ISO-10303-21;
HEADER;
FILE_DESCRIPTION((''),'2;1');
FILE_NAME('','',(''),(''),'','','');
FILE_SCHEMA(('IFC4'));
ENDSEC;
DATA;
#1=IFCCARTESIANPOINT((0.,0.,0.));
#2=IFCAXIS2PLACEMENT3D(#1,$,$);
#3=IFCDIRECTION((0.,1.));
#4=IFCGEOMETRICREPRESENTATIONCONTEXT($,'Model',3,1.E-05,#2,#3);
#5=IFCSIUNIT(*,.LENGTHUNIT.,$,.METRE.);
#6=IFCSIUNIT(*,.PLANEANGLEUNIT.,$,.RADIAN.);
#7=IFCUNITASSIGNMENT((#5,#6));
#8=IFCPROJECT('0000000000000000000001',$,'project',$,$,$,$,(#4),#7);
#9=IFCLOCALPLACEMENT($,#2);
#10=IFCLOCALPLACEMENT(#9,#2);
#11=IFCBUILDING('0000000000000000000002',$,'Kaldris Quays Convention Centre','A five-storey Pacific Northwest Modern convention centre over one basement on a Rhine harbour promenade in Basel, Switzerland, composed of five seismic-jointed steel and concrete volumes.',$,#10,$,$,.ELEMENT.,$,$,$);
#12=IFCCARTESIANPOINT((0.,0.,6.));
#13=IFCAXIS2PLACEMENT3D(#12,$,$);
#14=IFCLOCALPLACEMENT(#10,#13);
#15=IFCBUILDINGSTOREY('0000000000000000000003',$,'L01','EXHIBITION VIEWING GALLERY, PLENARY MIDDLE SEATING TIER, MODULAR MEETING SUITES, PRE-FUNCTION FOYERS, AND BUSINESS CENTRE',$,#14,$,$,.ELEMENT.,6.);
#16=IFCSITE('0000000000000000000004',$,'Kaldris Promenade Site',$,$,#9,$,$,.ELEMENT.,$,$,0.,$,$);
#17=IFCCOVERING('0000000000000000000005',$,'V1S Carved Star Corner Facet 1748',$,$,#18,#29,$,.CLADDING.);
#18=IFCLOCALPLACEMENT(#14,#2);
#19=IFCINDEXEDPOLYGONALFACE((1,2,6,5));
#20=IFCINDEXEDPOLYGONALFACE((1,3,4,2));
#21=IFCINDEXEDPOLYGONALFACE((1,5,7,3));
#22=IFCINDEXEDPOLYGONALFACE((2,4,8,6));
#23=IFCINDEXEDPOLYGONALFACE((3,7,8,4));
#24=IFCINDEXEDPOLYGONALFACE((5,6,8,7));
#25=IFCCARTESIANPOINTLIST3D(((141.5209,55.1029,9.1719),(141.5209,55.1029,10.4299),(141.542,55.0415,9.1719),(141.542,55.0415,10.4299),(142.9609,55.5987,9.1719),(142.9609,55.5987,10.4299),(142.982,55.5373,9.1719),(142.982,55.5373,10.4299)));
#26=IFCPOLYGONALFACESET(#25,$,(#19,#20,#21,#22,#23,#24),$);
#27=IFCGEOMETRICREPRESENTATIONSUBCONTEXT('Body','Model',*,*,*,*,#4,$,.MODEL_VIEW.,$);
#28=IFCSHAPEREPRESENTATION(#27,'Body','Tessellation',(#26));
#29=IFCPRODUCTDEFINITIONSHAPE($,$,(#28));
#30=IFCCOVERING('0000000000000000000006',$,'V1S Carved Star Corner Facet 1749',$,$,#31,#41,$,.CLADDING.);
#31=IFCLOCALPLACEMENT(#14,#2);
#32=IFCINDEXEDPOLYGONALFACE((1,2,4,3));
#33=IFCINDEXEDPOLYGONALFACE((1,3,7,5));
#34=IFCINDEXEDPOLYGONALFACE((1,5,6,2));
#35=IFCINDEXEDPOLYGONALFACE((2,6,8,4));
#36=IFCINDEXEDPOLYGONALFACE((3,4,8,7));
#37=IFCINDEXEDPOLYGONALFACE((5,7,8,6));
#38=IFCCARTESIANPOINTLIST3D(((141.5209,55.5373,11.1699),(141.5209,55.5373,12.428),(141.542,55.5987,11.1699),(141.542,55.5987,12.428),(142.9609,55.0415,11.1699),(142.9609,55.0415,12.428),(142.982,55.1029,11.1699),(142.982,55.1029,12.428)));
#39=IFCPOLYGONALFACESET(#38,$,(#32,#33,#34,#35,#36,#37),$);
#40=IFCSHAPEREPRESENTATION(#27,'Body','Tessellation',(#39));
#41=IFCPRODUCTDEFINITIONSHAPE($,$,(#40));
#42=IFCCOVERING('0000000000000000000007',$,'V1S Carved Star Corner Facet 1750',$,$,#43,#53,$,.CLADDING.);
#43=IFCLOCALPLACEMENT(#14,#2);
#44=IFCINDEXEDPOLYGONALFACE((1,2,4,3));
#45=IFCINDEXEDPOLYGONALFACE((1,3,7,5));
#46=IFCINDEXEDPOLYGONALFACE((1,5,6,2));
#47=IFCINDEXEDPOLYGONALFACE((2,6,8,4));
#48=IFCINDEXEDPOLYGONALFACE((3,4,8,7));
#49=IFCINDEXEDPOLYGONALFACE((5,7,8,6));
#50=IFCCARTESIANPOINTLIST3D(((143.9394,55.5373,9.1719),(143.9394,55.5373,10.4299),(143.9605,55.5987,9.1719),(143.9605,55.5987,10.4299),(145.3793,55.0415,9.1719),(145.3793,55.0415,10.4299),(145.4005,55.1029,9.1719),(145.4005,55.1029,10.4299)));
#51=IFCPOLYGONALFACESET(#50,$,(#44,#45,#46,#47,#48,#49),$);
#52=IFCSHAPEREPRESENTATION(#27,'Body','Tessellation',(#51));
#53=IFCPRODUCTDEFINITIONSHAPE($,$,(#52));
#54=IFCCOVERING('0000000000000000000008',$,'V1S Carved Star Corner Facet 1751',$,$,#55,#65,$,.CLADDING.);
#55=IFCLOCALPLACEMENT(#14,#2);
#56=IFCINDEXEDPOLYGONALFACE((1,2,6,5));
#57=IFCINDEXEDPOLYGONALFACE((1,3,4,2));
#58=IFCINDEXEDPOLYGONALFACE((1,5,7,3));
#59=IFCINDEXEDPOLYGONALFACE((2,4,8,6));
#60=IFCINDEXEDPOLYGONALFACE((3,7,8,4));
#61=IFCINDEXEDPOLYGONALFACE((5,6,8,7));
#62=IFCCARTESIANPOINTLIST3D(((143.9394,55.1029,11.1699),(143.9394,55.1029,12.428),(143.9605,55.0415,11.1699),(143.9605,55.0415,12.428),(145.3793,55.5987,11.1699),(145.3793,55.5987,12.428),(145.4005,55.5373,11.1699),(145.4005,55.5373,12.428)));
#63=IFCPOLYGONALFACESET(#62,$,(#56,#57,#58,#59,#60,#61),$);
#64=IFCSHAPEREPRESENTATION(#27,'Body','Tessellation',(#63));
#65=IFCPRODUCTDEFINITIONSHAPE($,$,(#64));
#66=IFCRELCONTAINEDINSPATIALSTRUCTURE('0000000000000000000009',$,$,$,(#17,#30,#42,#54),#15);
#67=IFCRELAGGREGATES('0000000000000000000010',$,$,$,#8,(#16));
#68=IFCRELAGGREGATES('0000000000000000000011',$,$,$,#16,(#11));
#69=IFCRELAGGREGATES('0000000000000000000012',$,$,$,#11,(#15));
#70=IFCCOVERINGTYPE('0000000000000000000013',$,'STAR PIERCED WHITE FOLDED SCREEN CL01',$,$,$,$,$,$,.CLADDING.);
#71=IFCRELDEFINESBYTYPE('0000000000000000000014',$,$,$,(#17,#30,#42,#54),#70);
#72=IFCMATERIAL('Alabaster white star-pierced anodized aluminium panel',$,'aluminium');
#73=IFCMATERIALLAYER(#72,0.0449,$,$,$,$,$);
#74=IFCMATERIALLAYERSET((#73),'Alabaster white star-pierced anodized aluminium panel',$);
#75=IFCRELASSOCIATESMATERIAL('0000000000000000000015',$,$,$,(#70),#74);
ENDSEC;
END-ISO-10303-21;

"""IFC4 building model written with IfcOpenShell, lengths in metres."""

from ifc_helpers import new_model, si_unit, direction, frame, origin, origin_2d, place, context, subcontext, project, spatial, rectangle, extrude, material, layer, layer_set, type_object, element, save


model = new_model("IFC4")

# Units and contexts
model_context = context("Model", 3, precision=1e-05, world=origin(), true_north=direction((0.0, 1.0)))
body_context = subcontext(model_context, "Body", "Model", "MODEL_VIEW")
ifc_project = project(units=[si_unit("LENGTHUNIT", "METRE"), si_unit("PLANEANGLEUNIT", "RADIAN")], contexts=[model_context])

# Site, building, storey
site_placement = place(None, origin())
site = spatial("IfcSite", under=ifc_project, at=site_placement, Name="Kaldris Promenade Site", CompositionType="ELEMENT", RefElevation=0.0)
building_placement = place(site_placement, origin())
building = spatial("IfcBuilding", under=site, at=building_placement, Name="Kaldris Quays Convention Centre", Description="A five-storey Pacific Northwest Modern convention centre over one basement on a Rhine harbour promenade in Basel, Switzerland, composed of five seismic-jointed steel and concrete volumes.", CompositionType="ELEMENT")
storey_placement = place(building_placement, frame((0.0, 0.0, 6.0)))
storey = spatial("IfcBuildingStorey", under=building, at=storey_placement, Name="L01", Description="EXHIBITION VIEWING GALLERY, PLENARY MIDDLE SEATING TIER, MODULAR MEETING SUITES, PRE-FUNCTION FOYERS, AND BUSINESS CENTRE", CompositionType="ELEMENT", Elevation=6.0)

# Coverings
ifc_material_1 = material(Name="Alabaster white star-pierced anodized aluminium panel", Category="aluminium")
ifc_layer = layer(ifc_material_1, 0.0449)
ifc_layer_set = layer_set([ifc_layer], Name="Alabaster white star-pierced anodized aluminium panel")
covering_type = type_object("IfcCoveringType", Name="STAR PIERCED WHITE FOLDED SCREEN CL01", PredefinedType="CLADDING", material=ifc_layer_set)
for number, where, z_axis, x_axis, name in (
    (1, (142.2515, 55.3201, 9.1719), (0.0, 0.0, 1.0), (0.945519, 0.325568, 0.0), "V1S Carved Star Corner Facet 1748"),
    (2, (142.2515, 55.3201, 11.1699), (0.0, 0.0, 1.0), (0.945519, -0.325568, 0.0), "V1S Carved Star Corner Facet 1749"),
    (3, (144.6699, 55.3201, 9.1719), (0.0, 0.0, 1.0), (0.945519, -0.325568, 0.0), "V1S Carved Star Corner Facet 1750"),
    (4, (144.6699, 55.3201, 11.1699), (0.0, 0.0, 1.0), (0.945519, 0.325568, 0.0), "V1S Carved Star Corner Facet 1751"),
):
    element("IfcCovering", number, at=place(storey_placement, frame(where, z_axis=z_axis, x_axis=x_axis)), inside=storey, type_object=covering_type, Name=name, PredefinedType="CLADDING", context=body_context, shape_type="SweptSolid", body=[
        extrude(rectangle(XDim=1.5229, YDim=0.0649, at=origin_2d()), origin(), (0.0, 0.0, 1.0), 1.2581),
    ])

save(model, "model.ifc")
